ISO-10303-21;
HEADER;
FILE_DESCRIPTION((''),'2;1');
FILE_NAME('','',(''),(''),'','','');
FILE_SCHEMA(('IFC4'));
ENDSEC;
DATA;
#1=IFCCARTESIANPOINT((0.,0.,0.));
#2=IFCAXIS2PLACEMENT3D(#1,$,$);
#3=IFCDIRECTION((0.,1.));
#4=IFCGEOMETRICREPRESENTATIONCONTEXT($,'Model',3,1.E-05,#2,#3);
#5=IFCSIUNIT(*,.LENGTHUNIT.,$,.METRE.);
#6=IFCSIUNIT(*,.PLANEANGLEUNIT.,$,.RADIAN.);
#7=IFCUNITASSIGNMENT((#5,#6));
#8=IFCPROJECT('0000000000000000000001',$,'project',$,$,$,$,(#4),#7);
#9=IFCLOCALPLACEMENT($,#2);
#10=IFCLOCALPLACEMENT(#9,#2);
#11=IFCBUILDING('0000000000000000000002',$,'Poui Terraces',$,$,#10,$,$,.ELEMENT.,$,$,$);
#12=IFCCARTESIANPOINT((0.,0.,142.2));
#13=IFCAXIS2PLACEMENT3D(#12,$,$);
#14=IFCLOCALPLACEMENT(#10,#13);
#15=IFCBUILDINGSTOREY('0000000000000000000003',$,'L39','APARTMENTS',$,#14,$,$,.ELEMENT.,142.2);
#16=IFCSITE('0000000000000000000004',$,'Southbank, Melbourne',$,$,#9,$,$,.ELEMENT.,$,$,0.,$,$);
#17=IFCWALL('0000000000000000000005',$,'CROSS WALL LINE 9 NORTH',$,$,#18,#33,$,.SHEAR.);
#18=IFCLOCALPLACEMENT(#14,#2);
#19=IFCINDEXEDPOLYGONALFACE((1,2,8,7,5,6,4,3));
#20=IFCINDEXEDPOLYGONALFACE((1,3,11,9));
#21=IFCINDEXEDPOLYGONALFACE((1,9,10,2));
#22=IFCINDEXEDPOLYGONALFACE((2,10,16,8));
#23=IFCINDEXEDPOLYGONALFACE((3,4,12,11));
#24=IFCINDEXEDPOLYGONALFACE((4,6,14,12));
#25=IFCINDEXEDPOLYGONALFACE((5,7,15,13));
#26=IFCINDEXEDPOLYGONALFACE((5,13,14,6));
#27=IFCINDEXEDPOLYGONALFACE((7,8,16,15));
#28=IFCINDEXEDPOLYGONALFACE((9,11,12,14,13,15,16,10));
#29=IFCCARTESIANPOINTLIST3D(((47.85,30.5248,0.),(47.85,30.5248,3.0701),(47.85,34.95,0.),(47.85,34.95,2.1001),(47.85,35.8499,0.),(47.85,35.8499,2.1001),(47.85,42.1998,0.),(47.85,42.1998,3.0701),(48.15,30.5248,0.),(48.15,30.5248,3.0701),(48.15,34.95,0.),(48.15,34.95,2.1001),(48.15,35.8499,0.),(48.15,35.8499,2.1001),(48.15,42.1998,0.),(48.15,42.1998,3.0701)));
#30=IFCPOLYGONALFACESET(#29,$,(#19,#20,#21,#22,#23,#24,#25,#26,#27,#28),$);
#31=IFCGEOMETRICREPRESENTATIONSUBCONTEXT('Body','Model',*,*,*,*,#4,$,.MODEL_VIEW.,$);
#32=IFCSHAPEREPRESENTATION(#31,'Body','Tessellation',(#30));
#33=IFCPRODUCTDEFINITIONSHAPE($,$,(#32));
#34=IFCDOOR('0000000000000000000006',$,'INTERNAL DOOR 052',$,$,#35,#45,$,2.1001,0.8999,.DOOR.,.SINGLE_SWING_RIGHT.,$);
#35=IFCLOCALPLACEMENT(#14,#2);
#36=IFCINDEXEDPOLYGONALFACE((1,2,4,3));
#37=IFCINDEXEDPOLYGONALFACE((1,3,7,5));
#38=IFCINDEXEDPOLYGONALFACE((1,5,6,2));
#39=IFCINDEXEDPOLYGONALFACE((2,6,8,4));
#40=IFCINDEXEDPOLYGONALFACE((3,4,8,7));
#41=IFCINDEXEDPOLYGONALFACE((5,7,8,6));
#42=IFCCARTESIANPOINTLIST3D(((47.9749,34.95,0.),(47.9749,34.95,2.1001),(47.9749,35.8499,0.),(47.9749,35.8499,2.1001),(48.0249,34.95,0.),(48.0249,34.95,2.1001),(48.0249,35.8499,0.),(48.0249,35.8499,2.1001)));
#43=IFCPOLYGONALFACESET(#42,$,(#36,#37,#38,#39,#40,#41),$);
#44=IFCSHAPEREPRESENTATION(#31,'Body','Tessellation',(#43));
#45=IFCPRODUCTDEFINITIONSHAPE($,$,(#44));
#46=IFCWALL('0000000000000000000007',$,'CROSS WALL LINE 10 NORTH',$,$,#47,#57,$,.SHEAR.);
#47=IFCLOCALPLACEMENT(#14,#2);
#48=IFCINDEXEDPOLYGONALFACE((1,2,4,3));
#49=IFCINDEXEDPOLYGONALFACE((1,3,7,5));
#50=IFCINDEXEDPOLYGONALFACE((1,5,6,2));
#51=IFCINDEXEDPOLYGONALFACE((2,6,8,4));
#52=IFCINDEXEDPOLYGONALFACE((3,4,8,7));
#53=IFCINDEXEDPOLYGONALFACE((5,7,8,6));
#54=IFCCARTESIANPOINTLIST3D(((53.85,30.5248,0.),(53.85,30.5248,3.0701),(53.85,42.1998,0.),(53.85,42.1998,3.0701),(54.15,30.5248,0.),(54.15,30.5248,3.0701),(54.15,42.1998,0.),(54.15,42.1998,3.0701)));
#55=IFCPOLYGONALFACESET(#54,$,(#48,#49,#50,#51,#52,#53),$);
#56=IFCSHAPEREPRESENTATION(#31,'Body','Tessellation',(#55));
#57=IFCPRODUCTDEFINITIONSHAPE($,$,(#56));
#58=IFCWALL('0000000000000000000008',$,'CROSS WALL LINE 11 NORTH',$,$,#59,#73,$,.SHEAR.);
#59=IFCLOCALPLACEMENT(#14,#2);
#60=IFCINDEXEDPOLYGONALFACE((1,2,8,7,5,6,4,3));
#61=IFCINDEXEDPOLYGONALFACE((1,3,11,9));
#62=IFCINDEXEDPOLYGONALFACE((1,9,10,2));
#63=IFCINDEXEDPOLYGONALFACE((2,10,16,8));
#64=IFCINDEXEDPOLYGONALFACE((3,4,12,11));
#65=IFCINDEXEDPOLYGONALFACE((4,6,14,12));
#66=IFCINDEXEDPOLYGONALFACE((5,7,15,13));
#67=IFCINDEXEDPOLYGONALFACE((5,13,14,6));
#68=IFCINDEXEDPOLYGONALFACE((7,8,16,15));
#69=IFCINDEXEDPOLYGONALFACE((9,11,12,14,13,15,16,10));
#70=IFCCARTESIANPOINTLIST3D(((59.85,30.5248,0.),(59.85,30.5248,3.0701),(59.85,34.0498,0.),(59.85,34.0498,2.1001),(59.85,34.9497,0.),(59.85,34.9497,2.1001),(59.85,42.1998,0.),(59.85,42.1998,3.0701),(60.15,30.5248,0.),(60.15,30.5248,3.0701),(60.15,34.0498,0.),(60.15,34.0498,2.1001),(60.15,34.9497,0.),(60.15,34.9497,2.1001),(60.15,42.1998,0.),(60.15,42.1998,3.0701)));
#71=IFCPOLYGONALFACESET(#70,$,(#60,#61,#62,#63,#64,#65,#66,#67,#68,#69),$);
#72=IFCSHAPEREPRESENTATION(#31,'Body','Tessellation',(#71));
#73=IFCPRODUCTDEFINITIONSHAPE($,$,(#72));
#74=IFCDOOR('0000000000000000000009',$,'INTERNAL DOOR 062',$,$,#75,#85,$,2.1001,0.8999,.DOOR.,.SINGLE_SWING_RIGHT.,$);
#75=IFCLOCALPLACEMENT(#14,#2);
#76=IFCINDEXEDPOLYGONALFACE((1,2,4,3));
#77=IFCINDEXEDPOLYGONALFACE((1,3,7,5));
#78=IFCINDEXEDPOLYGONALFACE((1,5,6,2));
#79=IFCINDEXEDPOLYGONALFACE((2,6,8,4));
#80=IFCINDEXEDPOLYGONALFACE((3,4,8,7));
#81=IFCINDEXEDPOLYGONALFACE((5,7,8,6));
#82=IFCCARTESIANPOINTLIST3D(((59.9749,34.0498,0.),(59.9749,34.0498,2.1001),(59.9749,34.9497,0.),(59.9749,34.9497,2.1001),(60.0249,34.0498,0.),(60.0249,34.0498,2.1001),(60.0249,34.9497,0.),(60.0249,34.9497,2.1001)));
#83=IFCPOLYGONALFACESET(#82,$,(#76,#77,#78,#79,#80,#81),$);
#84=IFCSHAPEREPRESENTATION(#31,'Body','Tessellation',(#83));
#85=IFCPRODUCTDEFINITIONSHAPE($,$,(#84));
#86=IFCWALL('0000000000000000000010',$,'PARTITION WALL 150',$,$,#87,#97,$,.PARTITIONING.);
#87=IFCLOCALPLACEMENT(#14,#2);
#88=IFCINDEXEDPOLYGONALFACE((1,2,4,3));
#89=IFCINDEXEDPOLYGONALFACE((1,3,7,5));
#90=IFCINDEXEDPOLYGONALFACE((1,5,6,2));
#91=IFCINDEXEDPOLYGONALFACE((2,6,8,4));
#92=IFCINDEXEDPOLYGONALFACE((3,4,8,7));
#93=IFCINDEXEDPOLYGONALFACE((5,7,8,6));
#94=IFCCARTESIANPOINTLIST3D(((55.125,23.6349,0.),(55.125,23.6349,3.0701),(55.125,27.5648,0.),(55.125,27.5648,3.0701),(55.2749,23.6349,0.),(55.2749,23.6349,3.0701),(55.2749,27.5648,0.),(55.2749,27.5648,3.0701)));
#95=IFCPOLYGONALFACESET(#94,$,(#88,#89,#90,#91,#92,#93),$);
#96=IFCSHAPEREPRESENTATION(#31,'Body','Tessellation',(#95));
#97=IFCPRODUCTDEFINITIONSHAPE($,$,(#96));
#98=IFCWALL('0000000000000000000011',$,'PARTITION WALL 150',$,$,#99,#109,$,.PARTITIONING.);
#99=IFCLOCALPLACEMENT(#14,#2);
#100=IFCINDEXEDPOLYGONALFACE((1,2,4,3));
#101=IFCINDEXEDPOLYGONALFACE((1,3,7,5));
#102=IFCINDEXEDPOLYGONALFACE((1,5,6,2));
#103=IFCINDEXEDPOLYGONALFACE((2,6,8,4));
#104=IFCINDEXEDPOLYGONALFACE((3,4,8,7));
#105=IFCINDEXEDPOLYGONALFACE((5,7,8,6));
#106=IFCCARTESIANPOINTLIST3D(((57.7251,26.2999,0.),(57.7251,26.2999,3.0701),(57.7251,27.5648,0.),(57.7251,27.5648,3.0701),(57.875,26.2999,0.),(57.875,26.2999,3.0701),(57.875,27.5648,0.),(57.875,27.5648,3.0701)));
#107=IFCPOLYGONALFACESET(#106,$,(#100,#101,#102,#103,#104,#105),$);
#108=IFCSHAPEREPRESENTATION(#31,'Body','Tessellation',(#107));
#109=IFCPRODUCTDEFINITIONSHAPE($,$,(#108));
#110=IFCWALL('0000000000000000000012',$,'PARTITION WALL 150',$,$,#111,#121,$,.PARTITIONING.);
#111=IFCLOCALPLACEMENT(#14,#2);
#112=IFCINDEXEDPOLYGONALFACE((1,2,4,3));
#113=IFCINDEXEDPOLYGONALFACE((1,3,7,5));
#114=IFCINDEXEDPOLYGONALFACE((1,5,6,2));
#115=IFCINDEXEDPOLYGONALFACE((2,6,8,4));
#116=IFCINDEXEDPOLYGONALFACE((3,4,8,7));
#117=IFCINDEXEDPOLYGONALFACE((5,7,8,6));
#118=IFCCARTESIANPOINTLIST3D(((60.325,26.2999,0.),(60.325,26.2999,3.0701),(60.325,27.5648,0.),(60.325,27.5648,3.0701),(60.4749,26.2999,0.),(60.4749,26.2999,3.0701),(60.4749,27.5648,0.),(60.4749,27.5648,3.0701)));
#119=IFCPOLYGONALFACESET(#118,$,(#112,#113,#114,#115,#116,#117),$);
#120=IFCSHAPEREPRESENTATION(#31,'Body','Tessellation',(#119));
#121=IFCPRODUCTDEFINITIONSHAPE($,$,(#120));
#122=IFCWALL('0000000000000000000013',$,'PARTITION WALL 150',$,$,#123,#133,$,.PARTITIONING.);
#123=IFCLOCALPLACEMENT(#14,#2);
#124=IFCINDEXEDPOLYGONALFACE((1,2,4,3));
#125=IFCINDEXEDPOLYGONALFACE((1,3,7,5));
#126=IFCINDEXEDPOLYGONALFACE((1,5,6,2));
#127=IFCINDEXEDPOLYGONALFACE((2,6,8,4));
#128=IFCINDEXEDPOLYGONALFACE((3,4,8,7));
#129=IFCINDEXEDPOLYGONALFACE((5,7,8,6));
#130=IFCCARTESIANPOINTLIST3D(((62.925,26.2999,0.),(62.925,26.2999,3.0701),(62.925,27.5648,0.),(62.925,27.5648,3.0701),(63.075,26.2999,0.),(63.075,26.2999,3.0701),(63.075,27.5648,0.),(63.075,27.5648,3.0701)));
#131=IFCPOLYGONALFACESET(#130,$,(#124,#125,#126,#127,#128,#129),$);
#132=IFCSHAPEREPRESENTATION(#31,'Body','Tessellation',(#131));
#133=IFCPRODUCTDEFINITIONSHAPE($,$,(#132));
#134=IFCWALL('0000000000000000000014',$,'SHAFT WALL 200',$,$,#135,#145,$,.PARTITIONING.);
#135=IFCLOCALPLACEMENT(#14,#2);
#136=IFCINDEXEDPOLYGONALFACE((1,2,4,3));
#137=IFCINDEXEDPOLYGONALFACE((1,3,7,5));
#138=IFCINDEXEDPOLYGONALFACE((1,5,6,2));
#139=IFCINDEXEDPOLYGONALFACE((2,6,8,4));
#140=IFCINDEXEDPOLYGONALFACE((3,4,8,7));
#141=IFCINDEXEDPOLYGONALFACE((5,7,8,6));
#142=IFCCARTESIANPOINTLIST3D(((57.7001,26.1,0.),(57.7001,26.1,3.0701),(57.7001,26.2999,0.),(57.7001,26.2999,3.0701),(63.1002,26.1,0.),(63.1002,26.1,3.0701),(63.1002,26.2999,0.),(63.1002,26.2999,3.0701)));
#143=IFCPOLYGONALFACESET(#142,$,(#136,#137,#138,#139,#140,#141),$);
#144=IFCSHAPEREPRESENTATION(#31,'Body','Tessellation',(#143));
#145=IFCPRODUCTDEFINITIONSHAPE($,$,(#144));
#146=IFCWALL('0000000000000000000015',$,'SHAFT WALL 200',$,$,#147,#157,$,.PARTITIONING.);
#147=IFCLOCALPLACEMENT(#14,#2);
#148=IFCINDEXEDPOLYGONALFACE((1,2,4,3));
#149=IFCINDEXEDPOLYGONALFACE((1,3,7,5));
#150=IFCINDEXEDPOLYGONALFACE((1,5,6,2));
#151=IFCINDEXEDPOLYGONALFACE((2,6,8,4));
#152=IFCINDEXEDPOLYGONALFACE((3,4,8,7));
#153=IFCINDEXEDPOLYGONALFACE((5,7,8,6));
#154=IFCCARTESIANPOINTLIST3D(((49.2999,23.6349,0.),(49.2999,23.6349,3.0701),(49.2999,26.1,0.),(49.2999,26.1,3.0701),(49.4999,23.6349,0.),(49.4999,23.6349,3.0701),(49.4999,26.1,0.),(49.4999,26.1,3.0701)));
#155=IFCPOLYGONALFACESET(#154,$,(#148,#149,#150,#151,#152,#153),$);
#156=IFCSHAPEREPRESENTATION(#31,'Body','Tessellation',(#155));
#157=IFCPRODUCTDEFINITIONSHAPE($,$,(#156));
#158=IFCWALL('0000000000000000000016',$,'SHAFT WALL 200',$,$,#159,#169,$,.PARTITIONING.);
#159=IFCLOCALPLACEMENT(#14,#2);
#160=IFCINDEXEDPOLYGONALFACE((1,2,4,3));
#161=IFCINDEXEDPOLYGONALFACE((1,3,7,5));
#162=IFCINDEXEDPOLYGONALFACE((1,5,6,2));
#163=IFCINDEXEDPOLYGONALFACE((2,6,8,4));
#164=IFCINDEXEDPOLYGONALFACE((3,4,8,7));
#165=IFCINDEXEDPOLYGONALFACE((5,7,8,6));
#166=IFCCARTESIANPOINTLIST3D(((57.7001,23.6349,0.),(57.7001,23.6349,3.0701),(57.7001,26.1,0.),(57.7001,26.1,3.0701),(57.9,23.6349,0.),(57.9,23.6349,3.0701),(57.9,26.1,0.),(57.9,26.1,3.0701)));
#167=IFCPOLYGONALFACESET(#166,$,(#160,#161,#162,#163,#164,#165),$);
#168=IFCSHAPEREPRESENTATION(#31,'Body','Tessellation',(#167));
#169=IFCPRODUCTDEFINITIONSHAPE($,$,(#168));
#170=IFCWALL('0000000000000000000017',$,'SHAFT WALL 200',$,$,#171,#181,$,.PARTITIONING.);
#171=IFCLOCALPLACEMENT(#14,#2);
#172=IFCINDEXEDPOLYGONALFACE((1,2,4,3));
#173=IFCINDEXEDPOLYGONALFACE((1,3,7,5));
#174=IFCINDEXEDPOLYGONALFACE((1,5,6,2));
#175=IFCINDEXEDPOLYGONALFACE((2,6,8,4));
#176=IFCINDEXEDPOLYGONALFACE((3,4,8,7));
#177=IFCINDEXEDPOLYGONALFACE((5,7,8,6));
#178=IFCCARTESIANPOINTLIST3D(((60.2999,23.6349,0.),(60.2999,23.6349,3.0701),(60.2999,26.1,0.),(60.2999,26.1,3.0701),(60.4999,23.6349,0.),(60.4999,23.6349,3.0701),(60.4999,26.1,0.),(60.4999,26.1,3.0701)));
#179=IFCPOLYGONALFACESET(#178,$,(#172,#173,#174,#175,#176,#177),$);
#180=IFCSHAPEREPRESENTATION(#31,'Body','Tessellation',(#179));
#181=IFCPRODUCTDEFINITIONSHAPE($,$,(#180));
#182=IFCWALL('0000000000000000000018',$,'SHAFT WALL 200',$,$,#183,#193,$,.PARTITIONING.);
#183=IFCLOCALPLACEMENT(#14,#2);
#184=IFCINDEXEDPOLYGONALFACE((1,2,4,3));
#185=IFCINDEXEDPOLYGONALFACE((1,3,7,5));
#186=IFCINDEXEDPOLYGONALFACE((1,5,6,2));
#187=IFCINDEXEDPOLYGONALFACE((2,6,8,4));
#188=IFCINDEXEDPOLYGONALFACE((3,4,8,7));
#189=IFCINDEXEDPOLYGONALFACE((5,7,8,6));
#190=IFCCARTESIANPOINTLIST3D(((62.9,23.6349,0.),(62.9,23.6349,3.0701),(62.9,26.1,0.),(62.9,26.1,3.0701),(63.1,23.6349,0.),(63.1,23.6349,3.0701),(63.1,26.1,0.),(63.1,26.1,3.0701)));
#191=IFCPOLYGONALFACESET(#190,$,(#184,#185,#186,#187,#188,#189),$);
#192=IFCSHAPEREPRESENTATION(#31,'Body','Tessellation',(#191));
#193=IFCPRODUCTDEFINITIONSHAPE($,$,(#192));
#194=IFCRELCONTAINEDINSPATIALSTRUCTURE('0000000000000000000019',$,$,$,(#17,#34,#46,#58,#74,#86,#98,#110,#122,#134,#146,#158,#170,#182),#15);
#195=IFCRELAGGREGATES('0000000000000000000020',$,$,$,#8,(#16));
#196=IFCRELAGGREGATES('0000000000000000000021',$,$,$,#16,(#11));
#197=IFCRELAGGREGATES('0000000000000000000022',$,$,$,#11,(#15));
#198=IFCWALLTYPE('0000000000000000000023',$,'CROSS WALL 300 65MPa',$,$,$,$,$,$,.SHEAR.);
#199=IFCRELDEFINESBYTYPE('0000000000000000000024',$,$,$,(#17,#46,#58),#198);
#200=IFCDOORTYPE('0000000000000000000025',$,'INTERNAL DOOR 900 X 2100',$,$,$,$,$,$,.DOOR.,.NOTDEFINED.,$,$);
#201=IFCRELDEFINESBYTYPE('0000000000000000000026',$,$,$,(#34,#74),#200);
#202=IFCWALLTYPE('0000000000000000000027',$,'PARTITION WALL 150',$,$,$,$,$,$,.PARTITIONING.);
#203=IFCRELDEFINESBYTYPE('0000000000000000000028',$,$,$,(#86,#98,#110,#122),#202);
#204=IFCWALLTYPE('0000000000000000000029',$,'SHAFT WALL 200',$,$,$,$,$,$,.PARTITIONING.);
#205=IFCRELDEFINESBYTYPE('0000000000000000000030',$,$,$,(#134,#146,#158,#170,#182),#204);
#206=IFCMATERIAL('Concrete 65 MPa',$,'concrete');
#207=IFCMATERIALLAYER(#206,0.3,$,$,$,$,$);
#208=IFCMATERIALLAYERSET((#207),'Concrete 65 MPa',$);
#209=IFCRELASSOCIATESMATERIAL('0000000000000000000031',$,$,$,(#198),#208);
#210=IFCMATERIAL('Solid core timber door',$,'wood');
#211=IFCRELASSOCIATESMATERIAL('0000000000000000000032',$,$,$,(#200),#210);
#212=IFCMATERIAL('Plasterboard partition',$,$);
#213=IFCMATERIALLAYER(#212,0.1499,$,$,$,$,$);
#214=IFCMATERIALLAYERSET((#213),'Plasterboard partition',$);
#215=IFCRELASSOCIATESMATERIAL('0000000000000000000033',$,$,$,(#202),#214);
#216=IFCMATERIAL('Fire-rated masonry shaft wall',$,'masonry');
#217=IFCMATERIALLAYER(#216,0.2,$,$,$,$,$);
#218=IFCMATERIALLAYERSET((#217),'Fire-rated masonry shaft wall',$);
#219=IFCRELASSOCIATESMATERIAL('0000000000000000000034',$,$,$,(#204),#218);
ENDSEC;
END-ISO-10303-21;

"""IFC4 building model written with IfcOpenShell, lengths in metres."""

from ifc_helpers import new_model, si_unit, direction, frame, frame_2d, origin, place, context, subcontext, project, spatial, rectangle, extrude, material, layer, layer_set, type_object, element, fill, save


model = new_model("IFC4")

# Units and contexts
model_context = context("Model", 3, precision=1e-05, world=origin(), true_north=direction((0.0, 1.0)))
body_context = subcontext(model_context, "Body", "Model", "MODEL_VIEW")
ifc_project = project(units=[si_unit("LENGTHUNIT", "METRE"), si_unit("PLANEANGLEUNIT", "RADIAN")], contexts=[model_context])

# Site, building, storey
site_placement = place(None, origin())
site = spatial("IfcSite", under=ifc_project, at=site_placement, Name="Southbank, Melbourne", CompositionType="ELEMENT", RefElevation=0.0)
building_placement = place(site_placement, origin())
building = spatial("IfcBuilding", under=site, at=building_placement, Name="Poui Terraces", CompositionType="ELEMENT")
storey_placement = place(building_placement, frame((0.0, 0.0, 142.2)))
storey = spatial("IfcBuildingStorey", under=building, at=storey_placement, Name="L39", Description="APARTMENTS", CompositionType="ELEMENT", Elevation=142.2)

# Shared definitions
ifc_material_1 = material(Name="Concrete 65 MPa", Category="concrete")

# Wall, opening, door
ifc_layer_1 = layer(ifc_material_1, 0.3)
ifc_layer_set_1 = layer_set([ifc_layer_1], Name="Concrete 65 MPa")
wall_type_1 = type_object("IfcWallType", Name="CROSS WALL 300 65MPa", PredefinedType="SHEAR", material=ifc_layer_set_1)
wall_1_placement = place(storey_placement, frame((48.0, 30.5249, 0.0), z_axis=(0.0, 0.0, 1.0), x_axis=(0.0, 1.0, 0.0)))
wall_1 = element("IfcWall", 1, at=wall_1_placement, inside=storey, type_object=wall_type_1, Name="CROSS WALL LINE 9 NORTH", PredefinedType="SHEAR", context=body_context, shape_type="SweptSolid", body=[
    extrude(rectangle(XDim=11.675, YDim=0.3, at=frame_2d((5.8374, 0.0))), origin(), (0.0, 0.0, 1.0), 3.0701),
])
opening_1_placement = place(wall_1_placement, frame((4.425, 0.0, 0.0)))
opening_1 = element("IfcOpeningElement", 2, at=opening_1_placement, cuts=wall_1, PredefinedType="OPENING", context=body_context, shape_type="SweptSolid", body=[
    extrude(rectangle(XDim=0.8999, YDim=2.1001, at=frame_2d((0.45, 1.05))), frame((0.0, 0.1602, 0.0), z_axis=(0.0, -1.0, 0.0), x_axis=(1.0, 0.0, 0.0)), (0.0, 0.0, 1.0), 0.3201),
])
ifc_material_2 = material(Name="Solid core timber door", Category="wood")
door_type_1 = type_object("IfcDoorType", Name="INTERNAL DOOR 900 X 2100", OperationType="NOTDEFINED", PredefinedType="DOOR", material=ifc_material_2)
door_1_placement = place(opening_1_placement, frame((0.8999, 0.0, 0.0), z_axis=(0.0, 0.0, 1.0), x_axis=(-1.0, 0.0, 0.0)))
door_1 = element("IfcDoor", 3, at=door_1_placement, inside=storey, type_object=door_type_1, Name="INTERNAL DOOR 052", OperationType="SINGLE_SWING_RIGHT", OverallHeight=2.1001, OverallWidth=0.8999, PredefinedType="DOOR", context=body_context, shape_type="SweptSolid", body=[
    extrude(rectangle(XDim=0.8999, YDim=2.1001, at=frame_2d((0.45, 1.05))), frame((0.0, 0.0249, 0.0), z_axis=(0.0, -1.0, 0.0), x_axis=(1.0, 0.0, 0.0)), (0.0, 0.0, 1.0), 0.05),
])
fill(opening_1, door_1)

# Wall
wall_2_placement = place(storey_placement, frame((54.0, 30.5249, 0.0), z_axis=(0.0, 0.0, 1.0), x_axis=(0.0, 1.0, 0.0)))
element("IfcWall", 4, at=wall_2_placement, inside=storey, type_object=wall_type_1, Name="CROSS WALL LINE 10 NORTH", PredefinedType="SHEAR", context=body_context, shape_type="SweptSolid", body=[
    extrude(rectangle(XDim=11.675, YDim=0.3, at=frame_2d((5.8374, 0.0))), origin(), (0.0, 0.0, 1.0), 3.0701),
])

# Wall, opening, door
wall_3_placement = place(storey_placement, frame((60.0, 30.5249, 0.0), z_axis=(0.0, 0.0, 1.0), x_axis=(0.0, 1.0, 0.0)))
wall_3 = element("IfcWall", 5, at=wall_3_placement, inside=storey, type_object=wall_type_1, Name="CROSS WALL LINE 11 NORTH", PredefinedType="SHEAR", context=body_context, shape_type="SweptSolid", body=[
    extrude(rectangle(XDim=11.675, YDim=0.3, at=frame_2d((5.8374, 0.0))), origin(), (0.0, 0.0, 1.0), 3.0701),
])
opening_2_placement = place(wall_3_placement, frame((3.5249, 0.0, 0.0)))
opening_2 = element("IfcOpeningElement", 6, at=opening_2_placement, cuts=wall_3, PredefinedType="OPENING", context=body_context, shape_type="SweptSolid", body=[
    extrude(rectangle(XDim=0.8999, YDim=2.1001, at=frame_2d((0.45, 1.05))), frame((0.0, 0.1602, 0.0), z_axis=(0.0, -1.0, 0.0), x_axis=(1.0, 0.0, 0.0)), (0.0, 0.0, 1.0), 0.3201),
])
door_2_placement = place(opening_2_placement, frame((0.8999, 0.0, 0.0), z_axis=(0.0, 0.0, 1.0), x_axis=(-1.0, 0.0, 0.0)))
door_2 = element("IfcDoor", 7, at=door_2_placement, inside=storey, type_object=door_type_1, Name="INTERNAL DOOR 062", OperationType="SINGLE_SWING_RIGHT", OverallHeight=2.1001, OverallWidth=0.8999, PredefinedType="DOOR", context=body_context, shape_type="SweptSolid", body=[
    extrude(rectangle(XDim=0.8999, YDim=2.1001, at=frame_2d((0.45, 1.05))), frame((0.0, 0.0249, 0.0), z_axis=(0.0, -1.0, 0.0), x_axis=(1.0, 0.0, 0.0)), (0.0, 0.0, 1.0), 0.05),
])
fill(opening_2, door_2)

# Walls
ifc_material_3 = material(Name="Plasterboard partition")
ifc_layer_2 = layer(ifc_material_3, 0.1499)
ifc_layer_set_2 = layer_set([ifc_layer_2], Name="Plasterboard partition")
wall_type_2 = type_object("IfcWallType", Name="PARTITION WALL 150", PredefinedType="PARTITIONING", material=ifc_layer_set_2)
wall_4_placement = place(storey_placement, frame((55.2, 23.635, 0.0), z_axis=(0.0, 0.0, 1.0), x_axis=(0.0, 1.0, 0.0)))
element("IfcWall", 8, at=wall_4_placement, inside=storey, type_object=wall_type_2, Name="PARTITION WALL 150", PredefinedType="PARTITIONING", context=body_context, shape_type="SweptSolid", body=[
    extrude(rectangle(XDim=3.9299, YDim=0.1499, at=frame_2d((1.9648, 0.0))), origin(), (0.0, 0.0, 1.0), 3.0701),
])
for number, where, z_axis, x_axis, name in (
    (9, (57.8, 26.3, 0.0), (0.0, 0.0, 1.0), (0.0, 1.0, 0.0), "PARTITION WALL 150"),
    (10, (60.3999, 26.3, 0.0), (0.0, 0.0, 1.0), (0.0, 1.0, 0.0), "PARTITION WALL 150"),
    (11, (63.0, 26.3, 0.0), (0.0, 0.0, 1.0), (0.0, 1.0, 0.0), "PARTITION WALL 150"),
):
    element("IfcWall", number, at=place(storey_placement, frame(where, z_axis=z_axis, x_axis=x_axis)), inside=storey, type_object=wall_type_2, Name=name, PredefinedType="PARTITIONING", context=body_context, shape_type="SweptSolid", body=[
        extrude(rectangle(XDim=1.2649, YDim=0.1499, at=frame_2d((0.6323, 0.0))), origin(), (0.0, 0.0, 1.0), 3.0701),
    ])
ifc_material_4 = material(Name="Fire-rated masonry shaft wall", Category="masonry")
ifc_layer_3 = layer(ifc_material_4, 0.2)
ifc_layer_set_3 = layer_set([ifc_layer_3], Name="Fire-rated masonry shaft wall")
wall_type_3 = type_object("IfcWallType", Name="SHAFT WALL 200", PredefinedType="PARTITIONING", material=ifc_layer_set_3)
wall_5_placement = place(storey_placement, frame((57.7, 26.2, 0.0), z_axis=(0.0, 0.0, 1.0), x_axis=(1.0, 0.0, 0.0)))
element("IfcWall", 12, at=wall_5_placement, inside=storey, type_object=wall_type_3, Name="SHAFT WALL 200", PredefinedType="PARTITIONING", context=body_context, shape_type="SweptSolid", body=[
    extrude(rectangle(XDim=5.4001, YDim=0.2, at=frame_2d((2.7002, 0.0))), origin(), (0.0, 0.0, 1.0), 3.0701),
])
for number, where, z_axis, x_axis, name in (
    (13, (49.3999, 23.635, 0.0), (0.0, 0.0, 1.0), (0.0, 1.0, 0.0), "SHAFT WALL 200"),
    (14, (57.8, 23.635, 0.0), (0.0, 0.0, 1.0), (0.0, 1.0, 0.0), "SHAFT WALL 200"),
    (15, (60.3999, 23.635, 0.0), (0.0, 0.0, 1.0), (0.0, 1.0, 0.0), "SHAFT WALL 200"),
    (16, (63.0, 23.635, 0.0), (0.0, 0.0, 1.0), (0.0, 1.0, 0.0), "SHAFT WALL 200"),
):
    element("IfcWall", number, at=place(storey_placement, frame(where, z_axis=z_axis, x_axis=x_axis)), inside=storey, type_object=wall_type_3, Name=name, PredefinedType="PARTITIONING", context=body_context, shape_type="SweptSolid", body=[
        extrude(rectangle(XDim=2.4651, YDim=0.2, at=frame_2d((1.2324, 0.0))), origin(), (0.0, 0.0, 1.0), 3.0701),
    ])

save(model, "model.ifc")
